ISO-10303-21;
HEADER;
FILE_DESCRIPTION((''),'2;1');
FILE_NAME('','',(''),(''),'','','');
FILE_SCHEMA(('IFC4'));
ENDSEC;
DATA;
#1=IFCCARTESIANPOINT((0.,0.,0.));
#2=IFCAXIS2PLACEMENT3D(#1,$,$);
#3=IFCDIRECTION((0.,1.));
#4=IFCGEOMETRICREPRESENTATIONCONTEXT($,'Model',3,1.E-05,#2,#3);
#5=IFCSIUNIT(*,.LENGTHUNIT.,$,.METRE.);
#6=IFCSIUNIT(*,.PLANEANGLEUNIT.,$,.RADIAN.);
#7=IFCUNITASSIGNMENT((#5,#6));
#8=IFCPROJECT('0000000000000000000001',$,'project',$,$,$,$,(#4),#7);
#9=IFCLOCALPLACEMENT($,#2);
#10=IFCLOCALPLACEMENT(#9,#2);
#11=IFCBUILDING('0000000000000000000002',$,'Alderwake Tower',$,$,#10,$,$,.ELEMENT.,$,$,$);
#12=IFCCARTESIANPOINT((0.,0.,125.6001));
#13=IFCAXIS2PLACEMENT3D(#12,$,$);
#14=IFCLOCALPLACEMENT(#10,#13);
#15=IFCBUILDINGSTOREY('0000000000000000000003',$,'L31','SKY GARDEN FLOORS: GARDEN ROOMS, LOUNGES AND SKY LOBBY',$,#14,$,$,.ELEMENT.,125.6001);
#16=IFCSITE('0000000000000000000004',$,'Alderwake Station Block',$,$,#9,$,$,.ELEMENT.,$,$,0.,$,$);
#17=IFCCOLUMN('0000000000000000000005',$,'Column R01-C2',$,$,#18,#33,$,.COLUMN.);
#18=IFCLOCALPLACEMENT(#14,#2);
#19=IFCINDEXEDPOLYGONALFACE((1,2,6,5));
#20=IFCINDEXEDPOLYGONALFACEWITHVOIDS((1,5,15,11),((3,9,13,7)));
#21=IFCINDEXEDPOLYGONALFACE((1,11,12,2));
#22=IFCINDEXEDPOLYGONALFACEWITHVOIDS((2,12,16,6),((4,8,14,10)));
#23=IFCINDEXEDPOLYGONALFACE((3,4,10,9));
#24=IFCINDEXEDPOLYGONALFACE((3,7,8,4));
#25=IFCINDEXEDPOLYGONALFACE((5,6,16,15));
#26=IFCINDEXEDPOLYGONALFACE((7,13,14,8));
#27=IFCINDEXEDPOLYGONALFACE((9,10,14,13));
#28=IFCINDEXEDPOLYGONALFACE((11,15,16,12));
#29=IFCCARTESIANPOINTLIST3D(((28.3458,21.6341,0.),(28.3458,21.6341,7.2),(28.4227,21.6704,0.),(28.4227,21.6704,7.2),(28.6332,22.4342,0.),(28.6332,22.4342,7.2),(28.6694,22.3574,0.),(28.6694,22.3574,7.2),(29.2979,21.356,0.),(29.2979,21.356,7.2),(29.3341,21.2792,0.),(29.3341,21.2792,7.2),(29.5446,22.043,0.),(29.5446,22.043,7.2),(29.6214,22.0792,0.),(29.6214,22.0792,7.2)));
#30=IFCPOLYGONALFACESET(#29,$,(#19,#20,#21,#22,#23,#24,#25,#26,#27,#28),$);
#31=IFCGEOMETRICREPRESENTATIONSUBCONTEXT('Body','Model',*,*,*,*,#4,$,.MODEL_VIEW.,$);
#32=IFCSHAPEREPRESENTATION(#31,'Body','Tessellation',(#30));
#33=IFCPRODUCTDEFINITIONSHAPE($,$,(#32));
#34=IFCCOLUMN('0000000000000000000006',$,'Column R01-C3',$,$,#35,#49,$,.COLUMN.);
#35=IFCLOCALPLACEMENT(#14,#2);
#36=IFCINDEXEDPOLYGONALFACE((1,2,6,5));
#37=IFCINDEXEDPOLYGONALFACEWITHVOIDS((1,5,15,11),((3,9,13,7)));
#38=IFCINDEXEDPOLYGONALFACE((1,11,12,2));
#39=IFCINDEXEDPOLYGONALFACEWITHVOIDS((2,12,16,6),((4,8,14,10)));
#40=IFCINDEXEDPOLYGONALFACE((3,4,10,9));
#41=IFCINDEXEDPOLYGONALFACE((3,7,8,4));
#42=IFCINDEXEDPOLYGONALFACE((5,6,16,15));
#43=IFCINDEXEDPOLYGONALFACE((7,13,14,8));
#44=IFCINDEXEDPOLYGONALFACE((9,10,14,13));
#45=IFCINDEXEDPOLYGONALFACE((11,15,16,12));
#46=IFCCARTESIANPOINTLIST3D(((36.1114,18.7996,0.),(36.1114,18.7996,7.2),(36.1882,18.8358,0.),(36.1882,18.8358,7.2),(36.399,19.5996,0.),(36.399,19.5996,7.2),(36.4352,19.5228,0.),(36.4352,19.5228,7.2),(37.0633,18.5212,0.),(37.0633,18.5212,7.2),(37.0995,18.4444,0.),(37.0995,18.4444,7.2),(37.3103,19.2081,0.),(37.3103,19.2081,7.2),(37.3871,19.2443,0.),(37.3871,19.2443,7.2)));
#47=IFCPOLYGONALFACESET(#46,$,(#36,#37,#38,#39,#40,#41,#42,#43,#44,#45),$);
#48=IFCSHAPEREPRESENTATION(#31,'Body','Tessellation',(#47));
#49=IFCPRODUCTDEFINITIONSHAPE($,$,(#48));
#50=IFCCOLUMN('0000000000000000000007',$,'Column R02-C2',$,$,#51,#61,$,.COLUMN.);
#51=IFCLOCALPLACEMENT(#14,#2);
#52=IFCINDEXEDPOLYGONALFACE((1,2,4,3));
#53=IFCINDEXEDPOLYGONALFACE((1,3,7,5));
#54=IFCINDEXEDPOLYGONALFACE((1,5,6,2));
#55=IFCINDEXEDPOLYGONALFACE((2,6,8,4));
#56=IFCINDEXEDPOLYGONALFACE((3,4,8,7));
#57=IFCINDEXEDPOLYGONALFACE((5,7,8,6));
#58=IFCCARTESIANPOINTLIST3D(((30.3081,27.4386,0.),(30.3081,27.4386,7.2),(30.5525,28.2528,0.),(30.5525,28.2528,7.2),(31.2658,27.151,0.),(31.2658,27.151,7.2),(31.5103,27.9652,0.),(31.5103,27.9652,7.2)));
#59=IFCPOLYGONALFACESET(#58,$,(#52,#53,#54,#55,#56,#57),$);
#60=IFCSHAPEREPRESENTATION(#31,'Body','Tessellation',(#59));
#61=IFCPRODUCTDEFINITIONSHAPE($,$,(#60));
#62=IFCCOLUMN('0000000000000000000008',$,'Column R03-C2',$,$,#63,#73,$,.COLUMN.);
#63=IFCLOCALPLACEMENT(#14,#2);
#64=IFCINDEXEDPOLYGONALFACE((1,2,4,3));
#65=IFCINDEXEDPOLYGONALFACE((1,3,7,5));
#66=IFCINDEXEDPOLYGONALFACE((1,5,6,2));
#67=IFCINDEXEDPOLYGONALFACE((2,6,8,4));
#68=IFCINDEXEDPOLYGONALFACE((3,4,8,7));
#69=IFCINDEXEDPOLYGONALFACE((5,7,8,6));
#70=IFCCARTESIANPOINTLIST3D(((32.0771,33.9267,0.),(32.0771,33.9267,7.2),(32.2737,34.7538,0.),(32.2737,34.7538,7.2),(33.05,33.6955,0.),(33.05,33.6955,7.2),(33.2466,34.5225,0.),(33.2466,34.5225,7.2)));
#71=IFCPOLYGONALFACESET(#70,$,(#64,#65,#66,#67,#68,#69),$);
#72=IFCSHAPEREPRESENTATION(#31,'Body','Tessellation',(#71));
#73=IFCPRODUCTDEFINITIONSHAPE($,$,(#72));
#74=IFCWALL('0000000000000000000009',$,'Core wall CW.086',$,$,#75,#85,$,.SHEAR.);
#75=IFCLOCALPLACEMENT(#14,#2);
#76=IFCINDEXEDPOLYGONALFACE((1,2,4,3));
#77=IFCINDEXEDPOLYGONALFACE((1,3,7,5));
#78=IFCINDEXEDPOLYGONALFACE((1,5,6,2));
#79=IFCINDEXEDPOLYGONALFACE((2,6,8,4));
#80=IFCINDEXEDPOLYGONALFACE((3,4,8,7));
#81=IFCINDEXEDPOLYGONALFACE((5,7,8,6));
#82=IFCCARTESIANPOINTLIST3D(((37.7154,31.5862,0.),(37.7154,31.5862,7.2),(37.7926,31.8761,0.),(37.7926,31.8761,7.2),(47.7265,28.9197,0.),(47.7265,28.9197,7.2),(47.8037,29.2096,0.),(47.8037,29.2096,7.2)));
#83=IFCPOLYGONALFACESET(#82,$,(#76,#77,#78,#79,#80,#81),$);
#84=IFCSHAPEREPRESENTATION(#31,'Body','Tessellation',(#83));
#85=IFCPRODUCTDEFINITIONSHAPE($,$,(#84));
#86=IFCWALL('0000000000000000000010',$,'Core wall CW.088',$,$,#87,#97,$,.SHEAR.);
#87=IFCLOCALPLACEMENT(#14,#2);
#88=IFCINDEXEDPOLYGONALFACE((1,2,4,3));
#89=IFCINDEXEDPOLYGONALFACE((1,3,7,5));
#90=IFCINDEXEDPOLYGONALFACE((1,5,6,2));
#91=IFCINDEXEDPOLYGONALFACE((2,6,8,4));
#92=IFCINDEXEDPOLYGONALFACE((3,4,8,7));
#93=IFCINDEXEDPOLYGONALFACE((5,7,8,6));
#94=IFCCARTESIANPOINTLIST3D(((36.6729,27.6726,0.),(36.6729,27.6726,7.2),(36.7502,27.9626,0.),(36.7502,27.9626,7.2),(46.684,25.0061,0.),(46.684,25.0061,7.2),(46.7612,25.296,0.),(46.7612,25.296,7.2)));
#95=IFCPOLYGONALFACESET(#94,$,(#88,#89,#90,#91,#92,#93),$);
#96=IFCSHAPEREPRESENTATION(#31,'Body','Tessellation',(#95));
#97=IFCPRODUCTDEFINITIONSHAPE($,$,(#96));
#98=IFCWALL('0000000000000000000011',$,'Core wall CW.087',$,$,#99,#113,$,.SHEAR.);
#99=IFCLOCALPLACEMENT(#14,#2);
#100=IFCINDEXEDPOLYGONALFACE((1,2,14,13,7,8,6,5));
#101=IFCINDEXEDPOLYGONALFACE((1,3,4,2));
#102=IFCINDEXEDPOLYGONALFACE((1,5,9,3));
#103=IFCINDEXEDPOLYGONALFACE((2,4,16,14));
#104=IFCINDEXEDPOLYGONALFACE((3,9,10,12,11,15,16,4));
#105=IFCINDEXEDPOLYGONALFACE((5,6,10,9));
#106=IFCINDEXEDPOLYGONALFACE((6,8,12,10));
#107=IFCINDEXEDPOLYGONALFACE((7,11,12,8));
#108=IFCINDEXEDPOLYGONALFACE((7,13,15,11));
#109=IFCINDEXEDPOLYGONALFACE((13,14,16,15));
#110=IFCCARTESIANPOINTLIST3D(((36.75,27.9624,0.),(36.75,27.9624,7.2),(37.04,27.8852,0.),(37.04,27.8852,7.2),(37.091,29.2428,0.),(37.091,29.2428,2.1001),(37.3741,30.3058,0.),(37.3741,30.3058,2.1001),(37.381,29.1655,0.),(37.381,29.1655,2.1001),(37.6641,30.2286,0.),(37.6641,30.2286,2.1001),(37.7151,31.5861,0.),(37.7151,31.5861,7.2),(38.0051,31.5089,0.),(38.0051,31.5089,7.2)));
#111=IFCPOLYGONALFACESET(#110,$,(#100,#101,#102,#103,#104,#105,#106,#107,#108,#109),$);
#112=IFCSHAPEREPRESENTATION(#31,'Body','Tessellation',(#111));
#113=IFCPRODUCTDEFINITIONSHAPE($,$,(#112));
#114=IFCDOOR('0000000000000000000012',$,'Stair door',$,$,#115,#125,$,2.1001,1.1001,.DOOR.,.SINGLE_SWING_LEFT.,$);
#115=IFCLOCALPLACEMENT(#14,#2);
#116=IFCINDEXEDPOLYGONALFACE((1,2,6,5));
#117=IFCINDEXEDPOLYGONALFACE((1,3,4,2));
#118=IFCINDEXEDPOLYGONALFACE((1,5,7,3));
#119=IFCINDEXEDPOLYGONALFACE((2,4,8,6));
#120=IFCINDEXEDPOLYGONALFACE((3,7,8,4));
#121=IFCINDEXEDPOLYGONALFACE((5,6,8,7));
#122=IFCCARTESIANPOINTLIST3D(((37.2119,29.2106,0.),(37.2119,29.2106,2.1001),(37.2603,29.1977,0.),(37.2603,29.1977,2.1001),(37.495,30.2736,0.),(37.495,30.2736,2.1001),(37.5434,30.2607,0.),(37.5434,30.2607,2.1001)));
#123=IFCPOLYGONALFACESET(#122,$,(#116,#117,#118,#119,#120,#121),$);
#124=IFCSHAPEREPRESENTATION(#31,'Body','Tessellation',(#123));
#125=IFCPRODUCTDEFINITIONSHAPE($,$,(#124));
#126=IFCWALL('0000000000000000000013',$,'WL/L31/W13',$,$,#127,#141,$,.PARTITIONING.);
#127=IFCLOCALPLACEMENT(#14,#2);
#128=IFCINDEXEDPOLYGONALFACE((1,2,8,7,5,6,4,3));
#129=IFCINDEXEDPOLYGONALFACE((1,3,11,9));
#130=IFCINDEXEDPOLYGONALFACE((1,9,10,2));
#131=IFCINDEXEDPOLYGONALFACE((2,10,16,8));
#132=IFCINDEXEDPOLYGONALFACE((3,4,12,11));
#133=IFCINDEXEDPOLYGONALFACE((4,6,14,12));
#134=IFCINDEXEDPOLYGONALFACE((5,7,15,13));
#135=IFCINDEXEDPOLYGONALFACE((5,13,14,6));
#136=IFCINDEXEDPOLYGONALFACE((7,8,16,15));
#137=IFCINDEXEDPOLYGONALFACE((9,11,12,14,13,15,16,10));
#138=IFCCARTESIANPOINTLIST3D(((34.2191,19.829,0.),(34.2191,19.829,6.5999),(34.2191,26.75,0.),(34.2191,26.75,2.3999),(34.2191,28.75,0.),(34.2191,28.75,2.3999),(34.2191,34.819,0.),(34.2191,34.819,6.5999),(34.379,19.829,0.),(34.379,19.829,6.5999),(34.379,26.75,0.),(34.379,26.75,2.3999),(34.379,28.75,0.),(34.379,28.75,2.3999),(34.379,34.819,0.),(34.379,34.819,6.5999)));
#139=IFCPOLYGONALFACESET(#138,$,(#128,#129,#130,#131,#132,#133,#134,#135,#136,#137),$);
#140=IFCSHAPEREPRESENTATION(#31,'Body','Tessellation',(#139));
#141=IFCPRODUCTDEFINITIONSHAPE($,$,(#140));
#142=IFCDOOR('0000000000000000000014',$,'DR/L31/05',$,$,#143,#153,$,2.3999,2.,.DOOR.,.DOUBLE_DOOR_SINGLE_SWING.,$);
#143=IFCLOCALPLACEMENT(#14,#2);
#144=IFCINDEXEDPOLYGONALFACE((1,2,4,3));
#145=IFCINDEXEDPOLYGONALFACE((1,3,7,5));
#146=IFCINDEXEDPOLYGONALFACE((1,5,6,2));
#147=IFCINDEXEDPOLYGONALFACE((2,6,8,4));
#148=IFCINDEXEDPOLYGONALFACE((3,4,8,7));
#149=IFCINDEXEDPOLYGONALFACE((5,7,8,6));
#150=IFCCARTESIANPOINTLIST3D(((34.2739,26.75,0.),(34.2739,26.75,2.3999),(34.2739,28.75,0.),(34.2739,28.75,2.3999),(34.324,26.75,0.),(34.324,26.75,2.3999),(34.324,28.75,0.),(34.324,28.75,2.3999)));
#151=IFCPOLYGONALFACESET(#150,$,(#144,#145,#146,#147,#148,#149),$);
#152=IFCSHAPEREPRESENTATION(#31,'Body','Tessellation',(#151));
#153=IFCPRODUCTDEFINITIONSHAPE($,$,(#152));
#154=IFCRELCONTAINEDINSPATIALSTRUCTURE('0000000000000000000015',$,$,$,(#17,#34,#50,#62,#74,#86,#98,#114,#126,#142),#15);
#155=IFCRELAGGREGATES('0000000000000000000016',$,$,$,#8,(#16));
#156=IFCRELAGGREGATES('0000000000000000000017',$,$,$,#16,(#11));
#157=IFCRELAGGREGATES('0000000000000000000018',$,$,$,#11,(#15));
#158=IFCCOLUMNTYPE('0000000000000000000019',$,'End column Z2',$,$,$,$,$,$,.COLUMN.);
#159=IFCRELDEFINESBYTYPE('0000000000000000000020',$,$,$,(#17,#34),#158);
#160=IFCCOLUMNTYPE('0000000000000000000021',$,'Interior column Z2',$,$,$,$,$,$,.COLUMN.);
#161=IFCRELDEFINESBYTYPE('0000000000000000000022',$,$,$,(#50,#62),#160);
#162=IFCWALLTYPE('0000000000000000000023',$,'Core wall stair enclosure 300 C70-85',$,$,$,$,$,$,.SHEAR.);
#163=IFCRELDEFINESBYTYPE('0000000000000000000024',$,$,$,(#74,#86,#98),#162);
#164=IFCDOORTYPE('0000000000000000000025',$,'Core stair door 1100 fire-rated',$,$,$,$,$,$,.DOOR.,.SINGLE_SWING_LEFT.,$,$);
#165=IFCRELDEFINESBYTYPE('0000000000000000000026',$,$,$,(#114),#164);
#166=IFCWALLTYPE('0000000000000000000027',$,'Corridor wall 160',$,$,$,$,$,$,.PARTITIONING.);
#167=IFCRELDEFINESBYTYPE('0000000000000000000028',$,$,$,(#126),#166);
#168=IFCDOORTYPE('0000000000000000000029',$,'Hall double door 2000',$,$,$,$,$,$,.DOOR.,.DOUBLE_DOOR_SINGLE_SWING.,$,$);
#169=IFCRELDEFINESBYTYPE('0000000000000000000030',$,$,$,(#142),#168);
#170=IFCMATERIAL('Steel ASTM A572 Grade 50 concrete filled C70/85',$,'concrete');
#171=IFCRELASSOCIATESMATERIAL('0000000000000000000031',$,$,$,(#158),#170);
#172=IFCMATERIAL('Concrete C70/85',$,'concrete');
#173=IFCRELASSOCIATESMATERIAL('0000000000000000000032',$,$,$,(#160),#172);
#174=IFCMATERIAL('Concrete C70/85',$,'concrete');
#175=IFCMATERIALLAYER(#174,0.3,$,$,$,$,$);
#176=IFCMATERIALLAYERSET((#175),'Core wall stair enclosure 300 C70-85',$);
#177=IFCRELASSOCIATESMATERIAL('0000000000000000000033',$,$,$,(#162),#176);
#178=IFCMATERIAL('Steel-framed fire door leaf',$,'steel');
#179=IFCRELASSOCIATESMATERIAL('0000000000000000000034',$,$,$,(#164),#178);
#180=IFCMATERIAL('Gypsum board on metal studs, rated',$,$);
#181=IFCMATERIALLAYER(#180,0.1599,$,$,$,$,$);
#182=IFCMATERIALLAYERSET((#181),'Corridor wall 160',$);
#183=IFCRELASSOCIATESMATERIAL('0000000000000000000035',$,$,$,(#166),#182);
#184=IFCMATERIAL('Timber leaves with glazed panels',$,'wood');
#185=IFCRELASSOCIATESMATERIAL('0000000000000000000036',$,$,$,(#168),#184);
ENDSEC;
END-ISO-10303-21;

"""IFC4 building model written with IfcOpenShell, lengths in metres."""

from ifc_helpers import new_model, si_unit, direction, frame, frame_2d, origin, origin_2d, place, context, subcontext, project, spatial, rectangle, hollow_rectangle, extrude, material, layer, layer_set, material_profile, profile_set, type_object, element, fill, save


model = new_model("IFC4")

# Units and contexts
model_context = context("Model", 3, precision=1e-05, world=origin(), true_north=direction((0.0, 1.0)))
body_context = subcontext(model_context, "Body", "Model", "MODEL_VIEW")
ifc_project = project(units=[si_unit("LENGTHUNIT", "METRE"), si_unit("PLANEANGLEUNIT", "RADIAN")], contexts=[model_context])

# Site, building, storey
site_placement = place(None, origin())
site = spatial("IfcSite", under=ifc_project, at=site_placement, Name="Alderwake Station Block", CompositionType="ELEMENT", RefElevation=0.0)
building_placement = place(site_placement, origin())
building = spatial("IfcBuilding", under=site, at=building_placement, Name="Alderwake Tower", CompositionType="ELEMENT")
storey_placement = place(building_placement, frame((0.0, 0.0, 125.6001)))
storey = spatial("IfcBuildingStorey", under=building, at=storey_placement, Name="L31", Description="SKY GARDEN FLOORS: GARDEN ROOMS, LOUNGES AND SKY LOBBY", CompositionType="ELEMENT", Elevation=125.6001)

# Columns
ifc_material_1 = material(Name="Steel ASTM A572 Grade 50 concrete filled C70/85", Category="concrete")
ifc_material_profile_1 = material_profile(ifc_material_1, hollow_rectangle(XDim=0.8501, YDim=1.05, WallThickness=0.0601, at=origin_2d()), Name="BOX 1050X850X60")
ifc_profile_set_1 = profile_set([ifc_material_profile_1], Name="Steel ASTM A572 Grade 50 concrete filled C70/85")
column_type_1 = type_object("IfcColumnType", Name="End column Z2", PredefinedType="COLUMN", material=ifc_profile_set_1)
for number, where, z_axis, x_axis, name in (
    (1, (28.9836, 21.8567, 0.0), (0.0, 0.0, 1.0), (0.338027, 0.941136, 0.0), "Column R01-C2"),
    (2, (36.7493, 19.022, 0.0), (0.0, 0.0, 1.0), (0.338352, 0.94102, 0.0), "Column R01-C3"),
):
    element("IfcColumn", number, at=place(storey_placement, frame(where, z_axis=z_axis, x_axis=x_axis)), inside=storey, type_object=column_type_1, Name=name, PredefinedType="COLUMN", context=body_context, shape_type="SweptSolid", body=[
        extrude(hollow_rectangle(XDim=0.8501, YDim=1.05, WallThickness=0.0601, at=origin_2d()), origin(), (0.0, 0.0, 1.0), 7.2),
    ])
ifc_material_2 = material(Name="Concrete C70/85", Category="concrete")
ifc_material_profile_2 = material_profile(ifc_material_2, rectangle(XDim=0.8501, YDim=1.0, at=origin_2d()), Name="RC 1000X850")
ifc_profile_set_2 = profile_set([ifc_material_profile_2], Name="Concrete C70/85")
column_type_2 = type_object("IfcColumnType", Name="Interior column Z2", PredefinedType="COLUMN", material=ifc_profile_set_2)
for number, where, z_axis, x_axis, name in (
    (3, (30.9092, 27.7019, 0.0), (0.0, 0.0, 1.0), (0.287549, 0.957766, 0.0), "Column R02-C2"),
    (4, (32.6619, 34.2246, 0.0), (0.0, 0.0, 1.0), (0.231222, 0.972901, 0.0), "Column R03-C2"),
):
    element("IfcColumn", number, at=place(storey_placement, frame(where, z_axis=z_axis, x_axis=x_axis)), inside=storey, type_object=column_type_2, Name=name, PredefinedType="COLUMN", context=body_context, shape_type="SweptSolid", body=[
        extrude(rectangle(XDim=0.8501, YDim=1.0, at=origin_2d()), origin(), (0.0, 0.0, 1.0), 7.2),
    ])

# Walls
ifc_material_3 = material(Name="Concrete C70/85", Category="concrete")
ifc_layer_1 = layer(ifc_material_3, 0.3)
ifc_layer_set_1 = layer_set([ifc_layer_1], Name="Core wall stair enclosure 300 C70-85")
wall_type_1 = type_object("IfcWallType", Name="Core wall stair enclosure 300 C70-85", PredefinedType="SHEAR", material=ifc_layer_set_1)
for number, where, z_axis, x_axis, name in (
    (5, (37.7539, 31.7312, 0.0), (0.0, 0.0, 1.0), (0.966309, -0.257384, 0.0), "Core wall CW.086"),
    (6, (36.7114, 27.8176, 0.0), (0.0, 0.0, 1.0), (0.966309, -0.257384, 0.0), "Core wall CW.088"),
):
    element("IfcWall", number, at=place(storey_placement, frame(where, z_axis=z_axis, x_axis=x_axis)), inside=storey, type_object=wall_type_1, Name=name, PredefinedType="SHEAR", context=body_context, shape_type="SweptSolid", body=[
        extrude(rectangle(XDim=10.3601, YDim=0.3, at=frame_2d((5.1802, 0.0))), origin(), (0.0, 0.0, 1.0), 7.2),
    ])

# Walls, openings, doors
wall_1_placement = place(storey_placement, frame((36.895, 27.9238, 0.0), z_axis=(0.0, 0.0, 1.0), x_axis=(0.257351, 0.966318, 0.0)))
wall_1 = element("IfcWall", 7, at=wall_1_placement, inside=storey, type_object=wall_type_1, Name="Core wall CW.087", PredefinedType="SHEAR", context=body_context, shape_type="SweptSolid", body=[
    extrude(rectangle(XDim=3.75, YDim=0.3, at=frame_2d((1.875, 0.0))), origin(), (0.0, 0.0, 1.0), 7.2),
])
opening_1_placement = place(wall_1_placement, frame((1.325, 0.0, 0.0)))
opening_1 = element("IfcOpeningElement", 8, at=opening_1_placement, cuts=wall_1, PredefinedType="OPENING", context=body_context, shape_type="SweptSolid", body=[
    extrude(rectangle(XDim=1.1001, YDim=2.1001, at=frame_2d((0.55, 1.05))), frame((0.0, 0.1599, 0.0), z_axis=(0.0, -1.0, 0.0), x_axis=(1.0, 0.0, 0.0)), (0.0, 0.0, 1.0), 0.3201),
])
ifc_material_4 = material(Name="Steel-framed fire door leaf", Category="steel")
door_type_1 = type_object("IfcDoorType", Name="Core stair door 1100 fire-rated", OperationType="SINGLE_SWING_LEFT", PredefinedType="DOOR", material=ifc_material_4)
door_1_placement = place(opening_1_placement, origin())
door_1 = element("IfcDoor", 9, at=door_1_placement, inside=storey, type_object=door_type_1, Name="Stair door", OperationType="SINGLE_SWING_LEFT", OverallHeight=2.1001, OverallWidth=1.1001, PredefinedType="DOOR", context=body_context, shape_type="SweptSolid", body=[
    extrude(rectangle(XDim=1.1001, YDim=2.1001, at=frame_2d((0.55, 1.05))), frame((0.0, 0.0249, 0.0), z_axis=(0.0, -1.0, 0.0), x_axis=(1.0, 0.0, 0.0)), (0.0, 0.0, 1.0), 0.05),
])
fill(opening_1, door_1)
ifc_material_5 = material(Name="Gypsum board on metal studs, rated")
ifc_layer_2 = layer(ifc_material_5, 0.1599)
ifc_layer_set_2 = layer_set([ifc_layer_2], Name="Corridor wall 160")
wall_type_2 = type_object("IfcWallType", Name="Corridor wall 160", PredefinedType="PARTITIONING", material=ifc_layer_set_2)
wall_2_placement = place(storey_placement, frame((34.2991, 34.8191, 0.0), z_axis=(0.0, 0.0, 1.0), x_axis=(0.0, -1.0, 0.0)))
wall_2 = element("IfcWall", 10, at=wall_2_placement, inside=storey, type_object=wall_type_2, Name="WL/L31/W13", PredefinedType="PARTITIONING", context=body_context, shape_type="SweptSolid", body=[
    extrude(rectangle(XDim=14.99, YDim=0.1599, at=frame_2d((7.4951, 0.0))), origin(), (0.0, 0.0, 1.0), 6.5999),
])
opening_2_placement = place(wall_2_placement, frame((6.0691, 0.0, 0.0)))
opening_2 = element("IfcOpeningElement", 11, at=opening_2_placement, cuts=wall_2, PredefinedType="OPENING", context=body_context, shape_type="SweptSolid", body=[
    extrude(rectangle(XDim=2.0, YDim=2.3999, at=frame_2d((1.0, 1.2))), frame((0.0, 0.0898, 0.0), z_axis=(0.0, -1.0, 0.0), x_axis=(1.0, 0.0, 0.0)), (0.0, 0.0, 1.0), 0.1799),
])
ifc_material_6 = material(Name="Timber leaves with glazed panels", Category="wood")
door_type_2 = type_object("IfcDoorType", Name="Hall double door 2000", OperationType="DOUBLE_DOOR_SINGLE_SWING", PredefinedType="DOOR", material=ifc_material_6)
door_2_placement = place(opening_2_placement, origin())
door_2 = element("IfcDoor", 12, at=door_2_placement, inside=storey, type_object=door_type_2, Name="DR/L31/05", OperationType="DOUBLE_DOOR_SINGLE_SWING", OverallHeight=2.3999, OverallWidth=2.0, PredefinedType="DOOR", context=body_context, shape_type="SweptSolid", body=[
    extrude(rectangle(XDim=2.0, YDim=2.3999, at=frame_2d((1.0, 1.2))), frame((0.0, 0.0249, 0.0), z_axis=(0.0, -1.0, 0.0), x_axis=(1.0, 0.0, 0.0)), (0.0, 0.0, 1.0), 0.05),
])
fill(opening_2, door_2)

save(model, "model.ifc")
